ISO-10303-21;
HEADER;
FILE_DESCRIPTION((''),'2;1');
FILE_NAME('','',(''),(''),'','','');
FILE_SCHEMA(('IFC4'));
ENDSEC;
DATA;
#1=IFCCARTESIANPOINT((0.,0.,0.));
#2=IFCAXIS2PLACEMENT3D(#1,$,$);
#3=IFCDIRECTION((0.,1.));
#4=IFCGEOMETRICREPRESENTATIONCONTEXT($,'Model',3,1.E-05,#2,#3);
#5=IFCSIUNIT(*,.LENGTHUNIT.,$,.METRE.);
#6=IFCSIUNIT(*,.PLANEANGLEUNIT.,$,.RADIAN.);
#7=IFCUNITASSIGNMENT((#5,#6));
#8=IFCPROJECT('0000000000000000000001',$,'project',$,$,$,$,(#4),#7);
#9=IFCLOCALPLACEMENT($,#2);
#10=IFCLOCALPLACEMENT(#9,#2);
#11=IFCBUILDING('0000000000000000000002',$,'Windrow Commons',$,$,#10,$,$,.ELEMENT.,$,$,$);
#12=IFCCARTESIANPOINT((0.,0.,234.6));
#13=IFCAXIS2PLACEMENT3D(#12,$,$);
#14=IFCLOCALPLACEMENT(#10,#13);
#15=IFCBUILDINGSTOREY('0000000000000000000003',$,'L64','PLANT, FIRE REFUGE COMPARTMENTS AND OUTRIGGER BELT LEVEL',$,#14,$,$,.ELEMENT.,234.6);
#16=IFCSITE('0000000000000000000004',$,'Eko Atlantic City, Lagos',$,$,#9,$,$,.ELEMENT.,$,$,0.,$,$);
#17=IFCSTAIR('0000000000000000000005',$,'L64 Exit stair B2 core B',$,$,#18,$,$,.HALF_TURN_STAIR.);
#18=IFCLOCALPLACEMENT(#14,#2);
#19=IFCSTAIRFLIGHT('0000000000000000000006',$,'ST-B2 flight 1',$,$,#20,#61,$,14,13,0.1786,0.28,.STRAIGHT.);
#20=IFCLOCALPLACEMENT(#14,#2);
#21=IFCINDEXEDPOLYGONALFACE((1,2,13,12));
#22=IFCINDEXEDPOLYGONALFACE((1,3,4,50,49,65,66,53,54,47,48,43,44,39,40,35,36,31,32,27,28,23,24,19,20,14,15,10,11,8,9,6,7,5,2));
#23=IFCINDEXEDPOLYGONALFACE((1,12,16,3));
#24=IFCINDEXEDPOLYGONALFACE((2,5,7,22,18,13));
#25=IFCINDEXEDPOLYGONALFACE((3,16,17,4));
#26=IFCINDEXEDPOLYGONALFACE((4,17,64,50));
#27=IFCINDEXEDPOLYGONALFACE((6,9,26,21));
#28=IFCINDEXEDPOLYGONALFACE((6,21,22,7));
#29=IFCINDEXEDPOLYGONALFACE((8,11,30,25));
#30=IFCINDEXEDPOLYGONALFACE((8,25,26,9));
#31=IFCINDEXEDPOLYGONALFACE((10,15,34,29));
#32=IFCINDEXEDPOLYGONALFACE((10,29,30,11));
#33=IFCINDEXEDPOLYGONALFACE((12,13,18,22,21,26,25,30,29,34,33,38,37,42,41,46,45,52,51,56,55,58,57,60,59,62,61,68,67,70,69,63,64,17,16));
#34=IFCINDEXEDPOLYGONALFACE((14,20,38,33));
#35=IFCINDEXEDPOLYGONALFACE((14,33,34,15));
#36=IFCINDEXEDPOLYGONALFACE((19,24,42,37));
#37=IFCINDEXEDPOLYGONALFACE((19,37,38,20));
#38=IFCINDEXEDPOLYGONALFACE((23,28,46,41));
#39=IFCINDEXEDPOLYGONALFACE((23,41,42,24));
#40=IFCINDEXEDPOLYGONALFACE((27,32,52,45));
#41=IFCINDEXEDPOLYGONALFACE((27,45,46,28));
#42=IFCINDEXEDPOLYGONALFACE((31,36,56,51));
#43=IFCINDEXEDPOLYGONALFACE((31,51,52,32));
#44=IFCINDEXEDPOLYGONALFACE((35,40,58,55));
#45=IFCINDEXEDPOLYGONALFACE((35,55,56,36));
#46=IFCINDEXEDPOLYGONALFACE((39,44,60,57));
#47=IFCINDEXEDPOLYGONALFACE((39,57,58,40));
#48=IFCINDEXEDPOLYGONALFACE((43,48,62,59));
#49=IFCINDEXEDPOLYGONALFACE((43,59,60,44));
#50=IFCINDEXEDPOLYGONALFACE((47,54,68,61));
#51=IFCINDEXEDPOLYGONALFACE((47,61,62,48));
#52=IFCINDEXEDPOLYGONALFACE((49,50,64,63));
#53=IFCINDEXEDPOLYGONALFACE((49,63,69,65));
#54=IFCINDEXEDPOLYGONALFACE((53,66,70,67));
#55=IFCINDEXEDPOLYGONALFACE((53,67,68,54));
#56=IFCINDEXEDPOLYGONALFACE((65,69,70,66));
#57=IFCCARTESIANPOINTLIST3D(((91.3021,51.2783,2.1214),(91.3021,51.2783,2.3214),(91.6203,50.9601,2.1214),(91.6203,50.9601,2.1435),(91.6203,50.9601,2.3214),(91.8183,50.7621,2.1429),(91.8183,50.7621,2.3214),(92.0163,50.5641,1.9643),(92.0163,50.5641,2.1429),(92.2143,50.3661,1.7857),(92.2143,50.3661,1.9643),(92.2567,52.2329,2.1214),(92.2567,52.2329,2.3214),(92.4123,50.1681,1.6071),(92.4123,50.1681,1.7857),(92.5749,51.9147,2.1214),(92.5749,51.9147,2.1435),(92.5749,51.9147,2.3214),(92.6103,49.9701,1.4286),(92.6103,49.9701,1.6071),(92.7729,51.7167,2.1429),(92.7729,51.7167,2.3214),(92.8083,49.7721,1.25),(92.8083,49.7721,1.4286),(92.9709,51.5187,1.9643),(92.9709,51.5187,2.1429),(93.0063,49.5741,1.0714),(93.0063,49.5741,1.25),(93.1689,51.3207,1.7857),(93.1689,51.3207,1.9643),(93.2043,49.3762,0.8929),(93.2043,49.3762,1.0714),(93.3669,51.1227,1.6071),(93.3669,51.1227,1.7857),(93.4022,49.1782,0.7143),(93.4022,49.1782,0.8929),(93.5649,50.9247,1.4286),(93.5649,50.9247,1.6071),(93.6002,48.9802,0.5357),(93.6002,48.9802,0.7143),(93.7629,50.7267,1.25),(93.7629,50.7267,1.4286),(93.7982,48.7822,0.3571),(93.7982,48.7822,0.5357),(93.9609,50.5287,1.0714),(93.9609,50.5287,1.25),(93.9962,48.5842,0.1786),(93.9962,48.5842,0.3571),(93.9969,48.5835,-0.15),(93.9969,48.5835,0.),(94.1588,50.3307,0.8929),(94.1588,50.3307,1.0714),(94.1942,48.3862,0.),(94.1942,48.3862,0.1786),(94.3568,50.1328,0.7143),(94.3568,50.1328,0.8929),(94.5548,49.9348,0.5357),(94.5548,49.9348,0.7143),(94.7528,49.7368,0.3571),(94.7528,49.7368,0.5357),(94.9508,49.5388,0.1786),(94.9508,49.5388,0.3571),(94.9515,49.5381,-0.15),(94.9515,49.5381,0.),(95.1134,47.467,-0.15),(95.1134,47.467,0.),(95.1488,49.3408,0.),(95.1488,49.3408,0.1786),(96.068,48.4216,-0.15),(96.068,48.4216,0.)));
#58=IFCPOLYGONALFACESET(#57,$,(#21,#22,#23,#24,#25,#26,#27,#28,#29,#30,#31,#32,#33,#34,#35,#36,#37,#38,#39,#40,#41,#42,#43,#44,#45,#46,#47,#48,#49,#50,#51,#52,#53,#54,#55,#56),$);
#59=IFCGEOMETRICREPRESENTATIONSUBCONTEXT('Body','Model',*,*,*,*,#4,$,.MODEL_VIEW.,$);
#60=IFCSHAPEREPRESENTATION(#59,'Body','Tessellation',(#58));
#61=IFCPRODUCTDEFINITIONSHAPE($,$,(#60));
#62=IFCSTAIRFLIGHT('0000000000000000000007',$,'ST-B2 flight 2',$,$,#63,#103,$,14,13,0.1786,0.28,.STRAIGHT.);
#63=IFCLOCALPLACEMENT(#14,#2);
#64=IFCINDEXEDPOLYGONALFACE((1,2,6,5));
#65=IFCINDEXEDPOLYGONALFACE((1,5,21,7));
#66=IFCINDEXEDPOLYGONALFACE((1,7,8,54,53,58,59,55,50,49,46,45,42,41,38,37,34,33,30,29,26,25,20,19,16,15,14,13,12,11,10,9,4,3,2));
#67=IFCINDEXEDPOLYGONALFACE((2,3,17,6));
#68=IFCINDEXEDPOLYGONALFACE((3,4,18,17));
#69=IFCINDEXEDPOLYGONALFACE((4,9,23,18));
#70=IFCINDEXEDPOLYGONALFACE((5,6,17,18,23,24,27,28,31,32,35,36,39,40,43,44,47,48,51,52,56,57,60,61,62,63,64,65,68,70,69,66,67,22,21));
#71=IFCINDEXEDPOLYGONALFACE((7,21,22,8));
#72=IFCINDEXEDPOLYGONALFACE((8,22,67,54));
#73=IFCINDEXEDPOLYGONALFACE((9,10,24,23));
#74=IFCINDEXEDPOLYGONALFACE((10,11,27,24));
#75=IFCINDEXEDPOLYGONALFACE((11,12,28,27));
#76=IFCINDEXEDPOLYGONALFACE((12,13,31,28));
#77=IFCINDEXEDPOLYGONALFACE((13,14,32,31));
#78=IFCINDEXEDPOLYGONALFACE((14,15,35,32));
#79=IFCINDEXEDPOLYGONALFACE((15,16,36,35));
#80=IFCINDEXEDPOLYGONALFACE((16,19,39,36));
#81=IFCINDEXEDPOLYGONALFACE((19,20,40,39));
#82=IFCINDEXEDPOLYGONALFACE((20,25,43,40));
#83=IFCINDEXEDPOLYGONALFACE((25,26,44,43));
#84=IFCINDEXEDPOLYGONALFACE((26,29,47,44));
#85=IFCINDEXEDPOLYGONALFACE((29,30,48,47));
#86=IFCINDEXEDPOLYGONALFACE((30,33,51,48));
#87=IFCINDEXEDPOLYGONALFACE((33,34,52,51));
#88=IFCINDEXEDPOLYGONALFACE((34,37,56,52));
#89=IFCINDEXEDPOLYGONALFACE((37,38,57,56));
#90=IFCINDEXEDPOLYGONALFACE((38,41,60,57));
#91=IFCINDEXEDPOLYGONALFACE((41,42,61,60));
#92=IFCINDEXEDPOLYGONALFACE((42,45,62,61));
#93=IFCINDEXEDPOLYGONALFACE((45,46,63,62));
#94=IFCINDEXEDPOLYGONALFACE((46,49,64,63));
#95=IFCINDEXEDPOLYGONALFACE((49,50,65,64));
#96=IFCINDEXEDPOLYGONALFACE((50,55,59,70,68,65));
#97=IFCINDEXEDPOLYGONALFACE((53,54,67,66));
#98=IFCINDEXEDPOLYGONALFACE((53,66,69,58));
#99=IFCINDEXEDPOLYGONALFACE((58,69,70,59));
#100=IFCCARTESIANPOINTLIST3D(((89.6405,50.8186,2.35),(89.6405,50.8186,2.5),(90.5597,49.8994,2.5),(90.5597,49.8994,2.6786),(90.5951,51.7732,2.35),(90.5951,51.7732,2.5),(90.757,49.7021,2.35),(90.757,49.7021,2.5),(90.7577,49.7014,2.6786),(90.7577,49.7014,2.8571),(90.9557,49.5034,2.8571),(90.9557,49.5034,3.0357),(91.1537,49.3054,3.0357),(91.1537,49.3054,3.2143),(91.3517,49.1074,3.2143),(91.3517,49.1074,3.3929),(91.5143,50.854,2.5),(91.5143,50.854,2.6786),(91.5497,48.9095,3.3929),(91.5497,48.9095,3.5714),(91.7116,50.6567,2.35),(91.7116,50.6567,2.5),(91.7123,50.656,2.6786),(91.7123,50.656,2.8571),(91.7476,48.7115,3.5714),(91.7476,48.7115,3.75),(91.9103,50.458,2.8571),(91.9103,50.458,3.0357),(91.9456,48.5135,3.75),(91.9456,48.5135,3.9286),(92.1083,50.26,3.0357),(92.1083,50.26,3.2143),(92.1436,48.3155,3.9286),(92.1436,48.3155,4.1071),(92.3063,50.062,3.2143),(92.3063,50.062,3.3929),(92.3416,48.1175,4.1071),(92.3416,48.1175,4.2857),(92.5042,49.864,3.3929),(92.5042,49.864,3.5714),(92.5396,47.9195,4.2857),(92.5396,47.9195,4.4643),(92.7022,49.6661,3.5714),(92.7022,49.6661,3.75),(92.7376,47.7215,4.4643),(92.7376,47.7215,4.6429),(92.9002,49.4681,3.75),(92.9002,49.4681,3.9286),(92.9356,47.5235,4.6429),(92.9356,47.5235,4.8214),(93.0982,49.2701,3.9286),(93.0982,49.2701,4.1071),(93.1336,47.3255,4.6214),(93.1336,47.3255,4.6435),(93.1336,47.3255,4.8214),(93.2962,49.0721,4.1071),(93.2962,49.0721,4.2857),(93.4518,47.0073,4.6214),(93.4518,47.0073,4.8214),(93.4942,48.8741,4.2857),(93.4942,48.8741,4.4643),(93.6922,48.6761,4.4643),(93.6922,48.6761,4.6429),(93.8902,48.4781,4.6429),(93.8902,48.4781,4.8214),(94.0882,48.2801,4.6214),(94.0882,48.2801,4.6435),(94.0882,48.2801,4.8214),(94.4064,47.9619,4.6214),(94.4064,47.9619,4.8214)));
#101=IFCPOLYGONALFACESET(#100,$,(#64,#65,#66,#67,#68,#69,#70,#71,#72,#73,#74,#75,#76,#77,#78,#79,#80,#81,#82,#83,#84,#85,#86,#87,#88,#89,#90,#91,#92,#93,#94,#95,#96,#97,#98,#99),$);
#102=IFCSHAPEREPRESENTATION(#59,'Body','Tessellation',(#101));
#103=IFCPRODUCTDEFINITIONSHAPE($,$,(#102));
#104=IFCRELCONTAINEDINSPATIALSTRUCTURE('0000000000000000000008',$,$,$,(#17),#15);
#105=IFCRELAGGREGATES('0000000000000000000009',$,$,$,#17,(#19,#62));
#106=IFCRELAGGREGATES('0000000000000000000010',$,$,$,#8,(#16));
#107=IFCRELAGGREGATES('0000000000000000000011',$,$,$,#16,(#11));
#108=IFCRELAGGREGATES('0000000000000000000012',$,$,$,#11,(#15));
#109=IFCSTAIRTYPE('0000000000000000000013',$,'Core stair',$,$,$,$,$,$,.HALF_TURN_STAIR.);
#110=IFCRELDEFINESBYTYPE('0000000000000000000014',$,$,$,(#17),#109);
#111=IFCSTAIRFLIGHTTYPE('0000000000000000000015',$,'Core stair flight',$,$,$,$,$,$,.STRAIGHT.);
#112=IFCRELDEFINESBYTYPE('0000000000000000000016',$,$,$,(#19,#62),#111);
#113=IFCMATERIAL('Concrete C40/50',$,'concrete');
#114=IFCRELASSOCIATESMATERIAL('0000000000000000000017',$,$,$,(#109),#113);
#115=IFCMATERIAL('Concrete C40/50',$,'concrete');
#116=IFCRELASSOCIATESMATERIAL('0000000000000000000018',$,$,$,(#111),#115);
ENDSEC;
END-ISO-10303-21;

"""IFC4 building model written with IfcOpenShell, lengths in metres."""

from ifc_helpers import new_model, si_unit, direction, frame, origin, place, context, subcontext, project, spatial, polyline, outline, extrude, material, type_object, element, aggregate, save


model = new_model("IFC4")

# Units and contexts
model_context = context("Model", 3, precision=1e-05, world=origin(), true_north=direction((0.0, 1.0)))
body_context = subcontext(model_context, "Body", "Model", "MODEL_VIEW")
ifc_project = project(units=[si_unit("LENGTHUNIT", "METRE"), si_unit("PLANEANGLEUNIT", "RADIAN")], contexts=[model_context])

# Site, building, storey
site_placement = place(None, origin())
site = spatial("IfcSite", under=ifc_project, at=site_placement, Name="Eko Atlantic City, Lagos", CompositionType="ELEMENT", RefElevation=0.0)
building_placement = place(site_placement, origin())
building = spatial("IfcBuilding", under=site, at=building_placement, Name="Windrow Commons", CompositionType="ELEMENT")
storey_placement = place(building_placement, frame((0.0, 0.0, 234.6)))
storey = spatial("IfcBuildingStorey", under=building, at=storey_placement, Name="L64", Description="PLANT, FIRE REFUGE COMPARTMENTS AND OUTRIGGER BELT LEVEL", CompositionType="ELEMENT", Elevation=234.6)

# Stair, stair flights
ifc_material_1 = material(Name="Concrete C40/50", Category="concrete")
stair_type = type_object("IfcStairType", Name="Core stair", PredefinedType="HALF_TURN_STAIR", material=ifc_material_1)
stair_placement = place(storey_placement, origin())
stair = element("IfcStair", 1, at=stair_placement, inside=storey, type_object=stair_type, Name="L64 Exit stair B2 core B", PredefinedType="HALF_TURN_STAIR")
ifc_material_2 = material(Name="Concrete C40/50", Category="concrete")
stair_flight_type = type_object("IfcStairFlightType", Name="Core stair flight", PredefinedType="STRAIGHT", material=ifc_material_2)
stair_flight_1_placement = place(storey_placement, frame((94.6715, 48.8635, 0.0), z_axis=(0.0, 0.0, 1.0), x_axis=(-0.707107, 0.707107, 0.0)))
stair_flight_1 = element("IfcStairFlight", 2, at=stair_flight_1_placement, type_object=stair_flight_type, Name="ST-B2 flight 1", NumberOfRisers=14, NumberOfTreads=13, PredefinedType="STRAIGHT", RiserHeight=0.1786, TreadLength=0.28, context=body_context, shape_type="SweptSolid", body=[
    extrude(outline(polyline([(-1.3, -0.15), (-1.3, 0.0), (0.0, 0.0), (0.0, 0.1786), (0.28, 0.1786), (0.28, 0.3571), (0.56, 0.3571), (0.56, 0.5357), (0.84, 0.5357), (0.84, 0.7143), (1.12, 0.7143), (1.12, 0.8929), (1.4, 0.8929), (1.4, 1.0714), (1.68, 1.0714), (1.68, 1.25), (1.96, 1.25), (1.96, 1.4286), (2.24, 1.4286), (2.24, 1.6071), (2.52, 1.6071), (2.52, 1.7857), (2.8, 1.7857), (2.8, 1.9643), (3.08, 1.9643), (3.08, 2.1429), (3.36, 2.1429), (3.36, 2.3214), (3.64, 2.3214), (4.09, 2.3214), (4.09, 2.1214), (3.64, 2.1214), (3.64, 2.1435), (0.279, 0.0), (0.279, -0.15), (-1.3, -0.15)])), frame((0.0, 0.675, 0.0), z_axis=(0.0, -1.0, 0.0), x_axis=(1.0, 0.0, 0.0)), (0.0, 0.0, 1.0), 1.35),
])
stair_flight_2_placement = place(storey_placement, frame((91.037, 50.3767, 2.5), z_axis=(0.0, 0.0, 1.0), x_axis=(0.707107, -0.707107, 0.0)))
stair_flight_2 = element("IfcStairFlight", 3, at=stair_flight_2_placement, type_object=stair_flight_type, Name="ST-B2 flight 2", NumberOfRisers=14, NumberOfTreads=13, PredefinedType="STRAIGHT", RiserHeight=0.1786, TreadLength=0.28, context=body_context, shape_type="SweptSolid", body=[
    extrude(outline(polyline([(-1.3, -0.15), (-1.3, 0.0), (0.0, 0.0), (0.0, 0.1786), (0.28, 0.1786), (0.28, 0.3571), (0.56, 0.3571), (0.56, 0.5357), (0.84, 0.5357), (0.84, 0.7143), (1.12, 0.7143), (1.12, 0.8929), (1.4, 0.8929), (1.4, 1.0714), (1.68, 1.0714), (1.68, 1.25), (1.96, 1.25), (1.96, 1.4286), (2.24, 1.4286), (2.24, 1.6071), (2.52, 1.6071), (2.52, 1.7857), (2.8, 1.7857), (2.8, 1.9643), (3.08, 1.9643), (3.08, 2.1429), (3.36, 2.1429), (3.36, 2.3214), (3.64, 2.3214), (4.09, 2.3214), (4.09, 2.1214), (3.64, 2.1214), (3.64, 2.1435), (0.279, 0.0), (0.279, -0.15), (-1.3, -0.15)])), frame((0.0, 0.675, 0.0), z_axis=(0.0, -1.0, 0.0), x_axis=(1.0, 0.0, 0.0)), (0.0, 0.0, 1.0), 1.35),
])
aggregate(stair, [stair_flight_1, stair_flight_2])

save(model, "model.ifc")
